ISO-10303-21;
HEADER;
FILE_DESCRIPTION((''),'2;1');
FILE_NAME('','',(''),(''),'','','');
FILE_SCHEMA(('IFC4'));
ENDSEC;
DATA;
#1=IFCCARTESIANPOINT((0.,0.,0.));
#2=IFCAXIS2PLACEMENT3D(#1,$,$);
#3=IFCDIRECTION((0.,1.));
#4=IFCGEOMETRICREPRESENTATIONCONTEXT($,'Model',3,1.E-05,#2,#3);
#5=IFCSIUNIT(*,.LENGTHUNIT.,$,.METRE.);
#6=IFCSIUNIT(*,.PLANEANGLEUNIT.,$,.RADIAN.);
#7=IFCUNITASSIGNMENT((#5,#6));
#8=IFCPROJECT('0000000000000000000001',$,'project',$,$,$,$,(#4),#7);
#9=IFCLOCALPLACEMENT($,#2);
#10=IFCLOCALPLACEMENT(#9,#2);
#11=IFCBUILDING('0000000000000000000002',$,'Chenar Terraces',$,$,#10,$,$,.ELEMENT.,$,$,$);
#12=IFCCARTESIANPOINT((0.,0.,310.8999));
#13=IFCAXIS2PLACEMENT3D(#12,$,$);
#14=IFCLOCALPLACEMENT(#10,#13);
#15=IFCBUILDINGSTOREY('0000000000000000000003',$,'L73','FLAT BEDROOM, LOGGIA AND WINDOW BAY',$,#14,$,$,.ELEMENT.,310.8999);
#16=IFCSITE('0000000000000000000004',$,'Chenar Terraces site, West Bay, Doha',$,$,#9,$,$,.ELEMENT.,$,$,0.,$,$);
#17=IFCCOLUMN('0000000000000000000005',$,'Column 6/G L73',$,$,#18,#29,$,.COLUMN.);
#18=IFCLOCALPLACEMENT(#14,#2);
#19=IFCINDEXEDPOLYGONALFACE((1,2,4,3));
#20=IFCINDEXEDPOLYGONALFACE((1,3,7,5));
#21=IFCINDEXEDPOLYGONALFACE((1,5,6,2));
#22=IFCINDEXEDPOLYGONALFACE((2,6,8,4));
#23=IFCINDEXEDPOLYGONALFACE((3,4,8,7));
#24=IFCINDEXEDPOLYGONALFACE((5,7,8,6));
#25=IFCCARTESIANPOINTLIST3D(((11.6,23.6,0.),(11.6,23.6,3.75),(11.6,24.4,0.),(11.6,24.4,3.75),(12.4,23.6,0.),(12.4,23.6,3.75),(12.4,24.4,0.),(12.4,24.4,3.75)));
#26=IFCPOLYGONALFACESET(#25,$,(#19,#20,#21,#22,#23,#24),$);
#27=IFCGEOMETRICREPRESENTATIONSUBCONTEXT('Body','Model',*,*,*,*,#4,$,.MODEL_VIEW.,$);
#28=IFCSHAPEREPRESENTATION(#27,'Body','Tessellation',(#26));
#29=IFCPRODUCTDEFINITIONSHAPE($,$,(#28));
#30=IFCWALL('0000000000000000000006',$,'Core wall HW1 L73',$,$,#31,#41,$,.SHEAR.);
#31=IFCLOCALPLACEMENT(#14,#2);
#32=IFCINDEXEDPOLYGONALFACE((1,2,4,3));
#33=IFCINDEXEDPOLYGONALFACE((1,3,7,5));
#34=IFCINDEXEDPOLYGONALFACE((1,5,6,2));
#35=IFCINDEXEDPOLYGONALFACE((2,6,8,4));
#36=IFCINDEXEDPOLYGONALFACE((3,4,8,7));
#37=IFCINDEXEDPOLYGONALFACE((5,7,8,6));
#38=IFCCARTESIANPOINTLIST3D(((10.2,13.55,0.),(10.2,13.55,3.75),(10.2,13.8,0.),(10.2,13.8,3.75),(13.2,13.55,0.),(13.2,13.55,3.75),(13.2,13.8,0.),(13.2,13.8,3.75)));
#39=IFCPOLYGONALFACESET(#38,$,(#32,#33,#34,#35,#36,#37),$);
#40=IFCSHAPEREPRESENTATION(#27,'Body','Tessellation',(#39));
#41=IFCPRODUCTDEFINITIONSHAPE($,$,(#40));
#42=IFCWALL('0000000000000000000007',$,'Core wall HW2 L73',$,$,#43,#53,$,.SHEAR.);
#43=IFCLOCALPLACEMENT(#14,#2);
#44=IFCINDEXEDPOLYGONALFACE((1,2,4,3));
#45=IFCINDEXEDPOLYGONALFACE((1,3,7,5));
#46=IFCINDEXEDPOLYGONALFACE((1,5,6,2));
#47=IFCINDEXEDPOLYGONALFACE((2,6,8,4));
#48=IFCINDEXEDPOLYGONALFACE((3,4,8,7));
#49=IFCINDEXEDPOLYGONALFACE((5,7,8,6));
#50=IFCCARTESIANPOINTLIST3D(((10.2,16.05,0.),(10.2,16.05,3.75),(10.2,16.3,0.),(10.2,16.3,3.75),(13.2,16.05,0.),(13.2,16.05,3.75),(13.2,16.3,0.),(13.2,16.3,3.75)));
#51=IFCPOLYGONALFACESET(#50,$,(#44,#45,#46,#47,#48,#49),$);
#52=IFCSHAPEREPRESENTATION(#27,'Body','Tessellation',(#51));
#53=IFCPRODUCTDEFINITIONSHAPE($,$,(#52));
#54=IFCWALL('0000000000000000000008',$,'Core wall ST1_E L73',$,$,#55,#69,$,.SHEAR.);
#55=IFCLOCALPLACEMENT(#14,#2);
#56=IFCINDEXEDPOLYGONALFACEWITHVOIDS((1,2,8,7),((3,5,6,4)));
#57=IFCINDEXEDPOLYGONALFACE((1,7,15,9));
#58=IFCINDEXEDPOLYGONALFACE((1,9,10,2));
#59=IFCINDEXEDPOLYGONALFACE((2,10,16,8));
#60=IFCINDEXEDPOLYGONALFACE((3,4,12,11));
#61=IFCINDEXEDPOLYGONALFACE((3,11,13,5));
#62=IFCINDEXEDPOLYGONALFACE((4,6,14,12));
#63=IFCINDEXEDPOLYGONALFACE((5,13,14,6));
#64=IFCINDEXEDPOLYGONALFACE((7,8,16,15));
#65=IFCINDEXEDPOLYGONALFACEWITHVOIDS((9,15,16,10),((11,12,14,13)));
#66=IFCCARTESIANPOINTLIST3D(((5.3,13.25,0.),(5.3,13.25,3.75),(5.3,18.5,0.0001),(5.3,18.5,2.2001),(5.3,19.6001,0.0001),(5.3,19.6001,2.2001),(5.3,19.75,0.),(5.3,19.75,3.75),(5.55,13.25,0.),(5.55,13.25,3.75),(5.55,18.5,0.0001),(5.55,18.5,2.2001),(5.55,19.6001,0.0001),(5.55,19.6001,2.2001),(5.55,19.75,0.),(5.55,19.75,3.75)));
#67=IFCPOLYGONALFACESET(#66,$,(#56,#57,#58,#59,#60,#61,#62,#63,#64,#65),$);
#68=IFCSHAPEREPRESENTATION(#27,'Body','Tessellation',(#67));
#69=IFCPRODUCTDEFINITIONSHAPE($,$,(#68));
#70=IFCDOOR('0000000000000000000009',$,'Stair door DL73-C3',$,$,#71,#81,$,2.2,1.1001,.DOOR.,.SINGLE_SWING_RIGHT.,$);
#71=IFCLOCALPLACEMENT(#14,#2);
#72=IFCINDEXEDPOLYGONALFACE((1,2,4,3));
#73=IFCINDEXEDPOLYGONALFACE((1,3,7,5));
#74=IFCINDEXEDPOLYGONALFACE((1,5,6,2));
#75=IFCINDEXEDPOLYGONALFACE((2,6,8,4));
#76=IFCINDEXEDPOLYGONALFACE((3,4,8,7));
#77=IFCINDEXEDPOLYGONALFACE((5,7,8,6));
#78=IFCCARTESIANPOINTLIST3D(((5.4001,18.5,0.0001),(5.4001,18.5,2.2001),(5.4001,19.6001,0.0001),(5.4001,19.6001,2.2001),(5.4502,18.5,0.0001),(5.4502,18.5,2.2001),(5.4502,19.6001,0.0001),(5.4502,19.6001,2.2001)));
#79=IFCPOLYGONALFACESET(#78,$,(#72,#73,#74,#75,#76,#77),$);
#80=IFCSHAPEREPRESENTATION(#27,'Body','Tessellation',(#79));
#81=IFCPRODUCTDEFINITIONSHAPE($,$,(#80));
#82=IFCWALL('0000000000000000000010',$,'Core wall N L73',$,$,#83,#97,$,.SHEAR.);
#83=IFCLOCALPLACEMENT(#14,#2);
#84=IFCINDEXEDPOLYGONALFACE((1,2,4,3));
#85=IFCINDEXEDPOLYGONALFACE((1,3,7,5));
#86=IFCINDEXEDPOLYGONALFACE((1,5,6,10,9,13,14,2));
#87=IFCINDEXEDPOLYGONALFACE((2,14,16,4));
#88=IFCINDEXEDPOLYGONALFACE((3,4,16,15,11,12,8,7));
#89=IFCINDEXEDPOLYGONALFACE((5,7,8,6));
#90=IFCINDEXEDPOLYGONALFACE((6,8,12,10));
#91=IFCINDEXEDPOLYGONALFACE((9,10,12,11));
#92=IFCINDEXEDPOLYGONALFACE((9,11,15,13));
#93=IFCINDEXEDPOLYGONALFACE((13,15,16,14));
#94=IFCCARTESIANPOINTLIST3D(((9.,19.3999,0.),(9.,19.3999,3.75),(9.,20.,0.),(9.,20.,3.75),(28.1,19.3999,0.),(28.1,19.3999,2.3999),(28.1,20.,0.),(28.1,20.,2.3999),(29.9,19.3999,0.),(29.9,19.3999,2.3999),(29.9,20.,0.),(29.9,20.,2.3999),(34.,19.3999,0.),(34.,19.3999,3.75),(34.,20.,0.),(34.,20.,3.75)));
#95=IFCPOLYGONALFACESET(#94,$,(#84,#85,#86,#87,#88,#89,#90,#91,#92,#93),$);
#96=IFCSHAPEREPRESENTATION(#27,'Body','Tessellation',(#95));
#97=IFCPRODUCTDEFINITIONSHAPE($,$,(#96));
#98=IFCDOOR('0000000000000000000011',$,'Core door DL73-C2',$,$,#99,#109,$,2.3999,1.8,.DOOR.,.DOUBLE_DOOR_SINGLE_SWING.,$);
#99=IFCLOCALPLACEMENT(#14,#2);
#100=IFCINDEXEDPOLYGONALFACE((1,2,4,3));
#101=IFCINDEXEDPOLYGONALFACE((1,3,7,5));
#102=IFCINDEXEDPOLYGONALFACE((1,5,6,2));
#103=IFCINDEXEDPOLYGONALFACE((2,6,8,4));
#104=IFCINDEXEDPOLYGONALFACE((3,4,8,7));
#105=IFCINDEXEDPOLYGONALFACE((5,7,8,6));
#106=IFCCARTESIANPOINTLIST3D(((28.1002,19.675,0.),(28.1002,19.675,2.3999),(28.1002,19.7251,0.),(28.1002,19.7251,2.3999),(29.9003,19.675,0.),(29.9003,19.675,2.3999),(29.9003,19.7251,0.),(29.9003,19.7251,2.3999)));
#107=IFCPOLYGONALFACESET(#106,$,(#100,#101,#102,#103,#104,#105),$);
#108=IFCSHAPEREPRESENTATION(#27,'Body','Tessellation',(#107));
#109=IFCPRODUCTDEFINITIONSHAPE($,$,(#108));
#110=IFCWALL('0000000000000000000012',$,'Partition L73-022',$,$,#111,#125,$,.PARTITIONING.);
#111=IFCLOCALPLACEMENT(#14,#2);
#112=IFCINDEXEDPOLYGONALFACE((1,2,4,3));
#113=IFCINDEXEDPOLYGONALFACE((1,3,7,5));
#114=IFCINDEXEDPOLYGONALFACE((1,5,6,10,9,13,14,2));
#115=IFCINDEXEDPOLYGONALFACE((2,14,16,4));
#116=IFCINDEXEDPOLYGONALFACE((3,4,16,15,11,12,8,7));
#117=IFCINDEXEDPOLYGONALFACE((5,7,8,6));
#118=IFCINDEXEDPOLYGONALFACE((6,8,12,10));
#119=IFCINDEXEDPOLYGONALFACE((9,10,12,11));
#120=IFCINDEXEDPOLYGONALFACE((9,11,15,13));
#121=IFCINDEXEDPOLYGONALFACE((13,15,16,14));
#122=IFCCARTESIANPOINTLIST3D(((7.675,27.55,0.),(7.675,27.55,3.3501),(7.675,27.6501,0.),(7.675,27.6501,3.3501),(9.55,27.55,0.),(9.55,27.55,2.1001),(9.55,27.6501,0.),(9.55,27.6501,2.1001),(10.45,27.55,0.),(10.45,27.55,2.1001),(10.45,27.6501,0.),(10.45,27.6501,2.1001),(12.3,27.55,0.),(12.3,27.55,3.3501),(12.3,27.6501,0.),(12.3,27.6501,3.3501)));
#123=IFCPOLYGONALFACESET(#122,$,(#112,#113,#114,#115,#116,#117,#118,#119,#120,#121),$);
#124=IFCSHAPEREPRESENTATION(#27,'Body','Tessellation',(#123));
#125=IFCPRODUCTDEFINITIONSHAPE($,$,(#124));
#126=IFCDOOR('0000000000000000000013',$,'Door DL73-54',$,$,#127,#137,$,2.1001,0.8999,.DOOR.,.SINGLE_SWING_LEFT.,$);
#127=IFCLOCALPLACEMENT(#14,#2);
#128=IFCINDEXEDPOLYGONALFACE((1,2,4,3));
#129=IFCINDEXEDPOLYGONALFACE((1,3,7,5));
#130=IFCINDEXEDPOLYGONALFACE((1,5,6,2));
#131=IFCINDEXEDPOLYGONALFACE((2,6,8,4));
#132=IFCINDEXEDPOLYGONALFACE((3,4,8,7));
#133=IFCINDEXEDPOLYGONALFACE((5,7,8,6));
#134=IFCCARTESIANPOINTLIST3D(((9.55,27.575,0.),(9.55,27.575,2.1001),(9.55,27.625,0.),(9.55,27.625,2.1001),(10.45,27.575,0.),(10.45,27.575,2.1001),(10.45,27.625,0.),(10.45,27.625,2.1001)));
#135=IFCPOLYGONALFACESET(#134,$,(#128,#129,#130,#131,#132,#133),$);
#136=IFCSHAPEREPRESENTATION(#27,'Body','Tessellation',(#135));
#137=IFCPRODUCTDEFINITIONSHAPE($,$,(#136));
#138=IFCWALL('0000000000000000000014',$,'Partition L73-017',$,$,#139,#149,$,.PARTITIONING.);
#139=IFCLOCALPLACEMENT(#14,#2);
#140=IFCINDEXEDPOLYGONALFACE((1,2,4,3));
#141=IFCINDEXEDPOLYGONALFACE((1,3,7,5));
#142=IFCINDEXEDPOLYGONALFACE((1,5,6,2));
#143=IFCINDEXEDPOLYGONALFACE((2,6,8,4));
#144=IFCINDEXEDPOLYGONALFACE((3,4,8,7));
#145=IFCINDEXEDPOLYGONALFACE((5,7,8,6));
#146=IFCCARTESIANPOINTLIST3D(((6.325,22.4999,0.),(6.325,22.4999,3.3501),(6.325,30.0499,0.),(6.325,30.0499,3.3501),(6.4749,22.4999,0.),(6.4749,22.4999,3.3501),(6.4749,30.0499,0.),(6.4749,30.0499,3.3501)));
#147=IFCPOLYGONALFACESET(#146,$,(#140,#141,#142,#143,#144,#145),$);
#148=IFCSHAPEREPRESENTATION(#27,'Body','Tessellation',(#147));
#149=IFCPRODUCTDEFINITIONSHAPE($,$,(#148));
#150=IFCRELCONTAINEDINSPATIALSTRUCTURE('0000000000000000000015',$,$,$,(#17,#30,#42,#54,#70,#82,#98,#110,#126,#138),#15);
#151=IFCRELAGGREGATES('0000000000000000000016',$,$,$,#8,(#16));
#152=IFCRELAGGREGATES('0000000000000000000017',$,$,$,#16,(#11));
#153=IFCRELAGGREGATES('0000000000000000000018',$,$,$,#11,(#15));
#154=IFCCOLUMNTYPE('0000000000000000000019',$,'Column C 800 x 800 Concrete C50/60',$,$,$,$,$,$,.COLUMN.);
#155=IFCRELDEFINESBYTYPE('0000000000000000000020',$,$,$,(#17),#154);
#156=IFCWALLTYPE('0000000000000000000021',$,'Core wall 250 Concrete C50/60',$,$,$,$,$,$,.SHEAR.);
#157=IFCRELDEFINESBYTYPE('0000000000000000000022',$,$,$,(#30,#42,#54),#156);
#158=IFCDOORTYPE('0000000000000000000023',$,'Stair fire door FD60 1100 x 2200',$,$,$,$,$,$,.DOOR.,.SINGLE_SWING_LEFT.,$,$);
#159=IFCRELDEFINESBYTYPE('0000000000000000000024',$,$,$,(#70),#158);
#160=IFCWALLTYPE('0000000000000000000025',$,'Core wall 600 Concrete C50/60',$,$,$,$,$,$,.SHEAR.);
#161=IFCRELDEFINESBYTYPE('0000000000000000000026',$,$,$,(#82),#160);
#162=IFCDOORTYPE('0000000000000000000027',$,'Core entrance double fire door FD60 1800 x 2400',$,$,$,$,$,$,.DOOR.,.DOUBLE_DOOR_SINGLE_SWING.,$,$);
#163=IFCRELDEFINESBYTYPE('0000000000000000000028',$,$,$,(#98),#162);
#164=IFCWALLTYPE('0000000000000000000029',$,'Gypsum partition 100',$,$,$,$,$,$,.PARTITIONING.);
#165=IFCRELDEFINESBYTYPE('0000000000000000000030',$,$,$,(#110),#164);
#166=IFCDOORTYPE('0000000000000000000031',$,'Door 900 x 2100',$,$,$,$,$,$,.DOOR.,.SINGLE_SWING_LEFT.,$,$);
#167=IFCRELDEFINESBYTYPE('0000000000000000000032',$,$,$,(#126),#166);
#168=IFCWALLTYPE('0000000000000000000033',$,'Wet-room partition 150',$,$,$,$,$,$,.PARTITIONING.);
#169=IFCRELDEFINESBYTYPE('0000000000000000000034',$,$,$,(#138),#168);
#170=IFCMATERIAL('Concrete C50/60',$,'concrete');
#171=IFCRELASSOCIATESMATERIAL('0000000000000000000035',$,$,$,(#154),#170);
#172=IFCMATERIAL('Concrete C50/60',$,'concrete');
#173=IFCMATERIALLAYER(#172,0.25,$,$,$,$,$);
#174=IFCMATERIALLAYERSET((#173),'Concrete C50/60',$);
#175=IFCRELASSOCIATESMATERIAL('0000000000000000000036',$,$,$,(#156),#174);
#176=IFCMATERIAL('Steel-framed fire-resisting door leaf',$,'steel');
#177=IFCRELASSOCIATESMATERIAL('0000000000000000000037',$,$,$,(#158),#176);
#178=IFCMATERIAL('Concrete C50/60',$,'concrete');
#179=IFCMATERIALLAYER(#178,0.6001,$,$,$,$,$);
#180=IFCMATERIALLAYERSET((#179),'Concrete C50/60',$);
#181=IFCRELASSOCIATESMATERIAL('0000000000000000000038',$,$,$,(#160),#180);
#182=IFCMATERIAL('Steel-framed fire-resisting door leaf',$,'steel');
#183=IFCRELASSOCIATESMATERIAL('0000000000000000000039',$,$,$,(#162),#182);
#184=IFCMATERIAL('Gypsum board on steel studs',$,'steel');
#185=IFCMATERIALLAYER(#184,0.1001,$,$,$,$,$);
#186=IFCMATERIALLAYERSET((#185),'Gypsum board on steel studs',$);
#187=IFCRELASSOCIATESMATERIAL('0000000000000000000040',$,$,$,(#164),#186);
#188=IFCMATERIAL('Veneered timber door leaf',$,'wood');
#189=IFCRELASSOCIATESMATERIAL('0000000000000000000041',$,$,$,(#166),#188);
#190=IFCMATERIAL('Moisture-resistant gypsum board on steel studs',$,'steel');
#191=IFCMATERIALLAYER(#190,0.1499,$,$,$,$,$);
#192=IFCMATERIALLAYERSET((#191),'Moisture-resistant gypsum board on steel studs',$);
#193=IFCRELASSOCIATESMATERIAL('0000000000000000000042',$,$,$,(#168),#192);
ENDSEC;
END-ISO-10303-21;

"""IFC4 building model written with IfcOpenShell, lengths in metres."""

from ifc_helpers import new_model, si_unit, direction, frame, frame_2d, origin, origin_2d, place, context, subcontext, project, spatial, rectangle, extrude, material, layer, layer_set, material_profile, profile_set, type_object, element, fill, save


model = new_model("IFC4")

# Units and contexts
model_context = context("Model", 3, precision=1e-05, world=origin(), true_north=direction((0.0, 1.0)))
body_context = subcontext(model_context, "Body", "Model", "MODEL_VIEW")
ifc_project = project(units=[si_unit("LENGTHUNIT", "METRE"), si_unit("PLANEANGLEUNIT", "RADIAN")], contexts=[model_context])

# Site, building, storey
site_placement = place(None, origin())
site = spatial("IfcSite", under=ifc_project, at=site_placement, Name="Chenar Terraces site, West Bay, Doha", CompositionType="ELEMENT", RefElevation=0.0)
building_placement = place(site_placement, origin())
building = spatial("IfcBuilding", under=site, at=building_placement, Name="Chenar Terraces", CompositionType="ELEMENT")
storey_placement = place(building_placement, frame((0.0, 0.0, 310.8999)))
storey = spatial("IfcBuildingStorey", under=building, at=storey_placement, Name="L73", Description="FLAT BEDROOM, LOGGIA AND WINDOW BAY", CompositionType="ELEMENT", Elevation=310.8999)

# Column
ifc_material_1 = material(Name="Concrete C50/60", Category="concrete")
ifc_material_profile = material_profile(ifc_material_1, rectangle(XDim=0.8, YDim=0.8, at=origin_2d()), Name="C 800 x 800")
ifc_profile_set = profile_set([ifc_material_profile], Name="Concrete C50/60")
column_type = type_object("IfcColumnType", Name="Column C 800 x 800 Concrete C50/60", PredefinedType="COLUMN", material=ifc_profile_set)
column_placement = place(storey_placement, frame((12.0, 24.0, 0.0), z_axis=(0.0, 0.0, 1.0), x_axis=(1.0, 0.0, 0.0)))
element("IfcColumn", 1, at=column_placement, inside=storey, type_object=column_type, Name="Column 6/G L73", PredefinedType="COLUMN", context=body_context, shape_type="SweptSolid", body=[
    extrude(rectangle(XDim=0.8, YDim=0.8, at=origin_2d()), origin(), (0.0, 0.0, 1.0), 3.75),
])

# Walls
ifc_material_2 = material(Name="Concrete C50/60", Category="concrete")
ifc_layer_1 = layer(ifc_material_2, 0.25)
ifc_layer_set_1 = layer_set([ifc_layer_1], Name="Concrete C50/60")
wall_type_1 = type_object("IfcWallType", Name="Core wall 250 Concrete C50/60", PredefinedType="SHEAR", material=ifc_layer_set_1)
for number, where, z_axis, x_axis, name in (
    (2, (10.2, 13.675, 0.0), (0.0, 0.0, 1.0), (1.0, 0.0, 0.0), "Core wall HW1 L73"),
    (3, (10.2, 16.175, 0.0), (0.0, 0.0, 1.0), (1.0, 0.0, 0.0), "Core wall HW2 L73"),
):
    element("IfcWall", number, at=place(storey_placement, frame(where, z_axis=z_axis, x_axis=x_axis)), inside=storey, type_object=wall_type_1, Name=name, PredefinedType="SHEAR", context=body_context, shape_type="SweptSolid", body=[
        extrude(rectangle(XDim=3.0, YDim=0.25, at=frame_2d((1.5, 0.0))), origin(), (0.0, 0.0, 1.0), 3.75),
    ])

# Walls, openings, doors
wall_1_placement = place(storey_placement, frame((5.425, 13.25, 0.0), z_axis=(0.0, 0.0, 1.0), x_axis=(0.0, 1.0, 0.0)))
wall_1 = element("IfcWall", 4, at=wall_1_placement, inside=storey, type_object=wall_type_1, Name="Core wall ST1_E L73", PredefinedType="SHEAR", context=body_context, shape_type="SweptSolid", body=[
    extrude(rectangle(XDim=6.5, YDim=0.25, at=frame_2d((3.25, 0.0))), origin(), (0.0, 0.0, 1.0), 3.75),
])
opening_1_placement = place(wall_1_placement, frame((5.25, 0.0, 0.0)))
opening_1 = element("IfcOpeningElement", 5, at=opening_1_placement, cuts=wall_1, PredefinedType="OPENING", context=body_context, shape_type="SweptSolid", body=[
    extrude(rectangle(XDim=1.1001, YDim=2.2, at=frame_2d((0.55, 1.1001))), frame((0.0, 0.135, 0.0), z_axis=(0.0, -1.0, 0.0), x_axis=(1.0, 0.0, 0.0)), (0.0, 0.0, 1.0), 0.27),
])
ifc_material_3 = material(Name="Steel-framed fire-resisting door leaf", Category="steel")
door_type_1 = type_object("IfcDoorType", Name="Stair fire door FD60 1100 x 2200", OperationType="SINGLE_SWING_LEFT", PredefinedType="DOOR", material=ifc_material_3)
door_1_placement = place(opening_1_placement, origin())
door_1 = element("IfcDoor", 6, at=door_1_placement, inside=storey, type_object=door_type_1, Name="Stair door DL73-C3", OperationType="SINGLE_SWING_RIGHT", OverallHeight=2.2, OverallWidth=1.1001, PredefinedType="DOOR", context=body_context, shape_type="SweptSolid", body=[
    extrude(rectangle(XDim=1.1001, YDim=2.2, at=frame_2d((0.55, 1.1001))), frame((0.0, 0.0249, 0.0), z_axis=(0.0, -1.0, 0.0), x_axis=(1.0, 0.0, 0.0)), (0.0, 0.0, 1.0), 0.05),
])
fill(opening_1, door_1)
ifc_material_4 = material(Name="Concrete C50/60", Category="concrete")
ifc_layer_2 = layer(ifc_material_4, 0.6001)
ifc_layer_set_2 = layer_set([ifc_layer_2], Name="Concrete C50/60")
wall_type_2 = type_object("IfcWallType", Name="Core wall 600 Concrete C50/60", PredefinedType="SHEAR", material=ifc_layer_set_2)
wall_2_placement = place(storey_placement, frame((9.0, 19.7, 0.0), z_axis=(0.0, 0.0, 1.0), x_axis=(1.0, 0.0, 0.0)))
wall_2 = element("IfcWall", 7, at=wall_2_placement, inside=storey, type_object=wall_type_2, Name="Core wall N L73", PredefinedType="SHEAR", context=body_context, shape_type="SweptSolid", body=[
    extrude(rectangle(XDim=25.0, YDim=0.6001, at=frame_2d((12.5, 0.0))), origin(), (0.0, 0.0, 1.0), 3.75),
])
opening_2_placement = place(wall_2_placement, frame((19.1001, 0.0, 0.0)))
opening_2 = element("IfcOpeningElement", 8, at=opening_2_placement, cuts=wall_2, PredefinedType="OPENING", context=body_context, shape_type="SweptSolid", body=[
    extrude(rectangle(XDim=1.8, YDim=2.3999, at=frame_2d((0.8999, 1.2))), frame((0.0, 0.3101, 0.0), z_axis=(0.0, -1.0, 0.0), x_axis=(1.0, 0.0, 0.0)), (0.0, 0.0, 1.0), 0.6201),
])
ifc_material_5 = material(Name="Steel-framed fire-resisting door leaf", Category="steel")
door_type_2 = type_object("IfcDoorType", Name="Core entrance double fire door FD60 1800 x 2400", OperationType="DOUBLE_DOOR_SINGLE_SWING", PredefinedType="DOOR", material=ifc_material_5)
door_2_placement = place(opening_2_placement, frame((1.8, 0.0, 0.0), z_axis=(0.0, 0.0, 1.0), x_axis=(-1.0, 0.0, 0.0)))
door_2 = element("IfcDoor", 9, at=door_2_placement, inside=storey, type_object=door_type_2, Name="Core door DL73-C2", OperationType="DOUBLE_DOOR_SINGLE_SWING", OverallHeight=2.3999, OverallWidth=1.8, PredefinedType="DOOR", context=body_context, shape_type="SweptSolid", body=[
    extrude(rectangle(XDim=1.8, YDim=2.3999, at=frame_2d((0.8999, 1.2))), frame((0.0, 0.0249, 0.0), z_axis=(0.0, -1.0, 0.0), x_axis=(1.0, 0.0, 0.0)), (0.0, 0.0, 1.0), 0.05),
])
fill(opening_2, door_2)
ifc_material_6 = material(Name="Gypsum board on steel studs", Category="steel")
ifc_layer_3 = layer(ifc_material_6, 0.1001)
ifc_layer_set_3 = layer_set([ifc_layer_3], Name="Gypsum board on steel studs")
wall_type_3 = type_object("IfcWallType", Name="Gypsum partition 100", PredefinedType="PARTITIONING", material=ifc_layer_set_3)
wall_3_placement = place(storey_placement, frame((7.675, 27.6001, 0.0), z_axis=(0.0, 0.0, 1.0), x_axis=(1.0, 0.0, 0.0)))
wall_3 = element("IfcWall", 10, at=wall_3_placement, inside=storey, type_object=wall_type_3, Name="Partition L73-022", PredefinedType="PARTITIONING", context=body_context, shape_type="SweptSolid", body=[
    extrude(rectangle(XDim=4.625, YDim=0.1001, at=frame_2d((2.3125, 0.0))), origin(), (0.0, 0.0, 1.0), 3.3501),
])
opening_3_placement = place(wall_3_placement, frame((1.875, 0.0, 0.0)))
opening_3 = element("IfcOpeningElement", 11, at=opening_3_placement, cuts=wall_3, PredefinedType="OPENING", context=body_context, shape_type="SweptSolid", body=[
    extrude(rectangle(XDim=0.8999, YDim=2.1001, at=frame_2d((0.45, 1.05))), frame((0.0, 0.0601, 0.0), z_axis=(0.0, -1.0, 0.0), x_axis=(1.0, 0.0, 0.0)), (0.0, 0.0, 1.0), 0.1201),
])
ifc_material_7 = material(Name="Veneered timber door leaf", Category="wood")
door_type_3 = type_object("IfcDoorType", Name="Door 900 x 2100", OperationType="SINGLE_SWING_LEFT", PredefinedType="DOOR", material=ifc_material_7)
door_3_placement = place(opening_3_placement, origin())
door_3 = element("IfcDoor", 12, at=door_3_placement, inside=storey, type_object=door_type_3, Name="Door DL73-54", OperationType="SINGLE_SWING_LEFT", OverallHeight=2.1001, OverallWidth=0.8999, PredefinedType="DOOR", context=body_context, shape_type="SweptSolid", body=[
    extrude(rectangle(XDim=0.8999, YDim=2.1001, at=frame_2d((0.45, 1.05))), frame((0.0, 0.0249, 0.0), z_axis=(0.0, -1.0, 0.0), x_axis=(1.0, 0.0, 0.0)), (0.0, 0.0, 1.0), 0.05),
])
fill(opening_3, door_3)

# Wall
ifc_material_8 = material(Name="Moisture-resistant gypsum board on steel studs", Category="steel")
ifc_layer_4 = layer(ifc_material_8, 0.1499)
ifc_layer_set_4 = layer_set([ifc_layer_4], Name="Moisture-resistant gypsum board on steel studs")
wall_type_4 = type_object("IfcWallType", Name="Wet-room partition 150", PredefinedType="PARTITIONING", material=ifc_layer_set_4)
wall_4_placement = place(storey_placement, frame((6.3999, 22.5, 0.0), z_axis=(0.0, 0.0, 1.0), x_axis=(0.0, 1.0, 0.0)))
element("IfcWall", 13, at=wall_4_placement, inside=storey, type_object=wall_type_4, Name="Partition L73-017", PredefinedType="PARTITIONING", context=body_context, shape_type="SweptSolid", body=[
    extrude(rectangle(XDim=7.55, YDim=0.1499, at=frame_2d((3.7749, 0.0))), origin(), (0.0, 0.0, 1.0), 3.3501),
])

save(model, "model.ifc")
